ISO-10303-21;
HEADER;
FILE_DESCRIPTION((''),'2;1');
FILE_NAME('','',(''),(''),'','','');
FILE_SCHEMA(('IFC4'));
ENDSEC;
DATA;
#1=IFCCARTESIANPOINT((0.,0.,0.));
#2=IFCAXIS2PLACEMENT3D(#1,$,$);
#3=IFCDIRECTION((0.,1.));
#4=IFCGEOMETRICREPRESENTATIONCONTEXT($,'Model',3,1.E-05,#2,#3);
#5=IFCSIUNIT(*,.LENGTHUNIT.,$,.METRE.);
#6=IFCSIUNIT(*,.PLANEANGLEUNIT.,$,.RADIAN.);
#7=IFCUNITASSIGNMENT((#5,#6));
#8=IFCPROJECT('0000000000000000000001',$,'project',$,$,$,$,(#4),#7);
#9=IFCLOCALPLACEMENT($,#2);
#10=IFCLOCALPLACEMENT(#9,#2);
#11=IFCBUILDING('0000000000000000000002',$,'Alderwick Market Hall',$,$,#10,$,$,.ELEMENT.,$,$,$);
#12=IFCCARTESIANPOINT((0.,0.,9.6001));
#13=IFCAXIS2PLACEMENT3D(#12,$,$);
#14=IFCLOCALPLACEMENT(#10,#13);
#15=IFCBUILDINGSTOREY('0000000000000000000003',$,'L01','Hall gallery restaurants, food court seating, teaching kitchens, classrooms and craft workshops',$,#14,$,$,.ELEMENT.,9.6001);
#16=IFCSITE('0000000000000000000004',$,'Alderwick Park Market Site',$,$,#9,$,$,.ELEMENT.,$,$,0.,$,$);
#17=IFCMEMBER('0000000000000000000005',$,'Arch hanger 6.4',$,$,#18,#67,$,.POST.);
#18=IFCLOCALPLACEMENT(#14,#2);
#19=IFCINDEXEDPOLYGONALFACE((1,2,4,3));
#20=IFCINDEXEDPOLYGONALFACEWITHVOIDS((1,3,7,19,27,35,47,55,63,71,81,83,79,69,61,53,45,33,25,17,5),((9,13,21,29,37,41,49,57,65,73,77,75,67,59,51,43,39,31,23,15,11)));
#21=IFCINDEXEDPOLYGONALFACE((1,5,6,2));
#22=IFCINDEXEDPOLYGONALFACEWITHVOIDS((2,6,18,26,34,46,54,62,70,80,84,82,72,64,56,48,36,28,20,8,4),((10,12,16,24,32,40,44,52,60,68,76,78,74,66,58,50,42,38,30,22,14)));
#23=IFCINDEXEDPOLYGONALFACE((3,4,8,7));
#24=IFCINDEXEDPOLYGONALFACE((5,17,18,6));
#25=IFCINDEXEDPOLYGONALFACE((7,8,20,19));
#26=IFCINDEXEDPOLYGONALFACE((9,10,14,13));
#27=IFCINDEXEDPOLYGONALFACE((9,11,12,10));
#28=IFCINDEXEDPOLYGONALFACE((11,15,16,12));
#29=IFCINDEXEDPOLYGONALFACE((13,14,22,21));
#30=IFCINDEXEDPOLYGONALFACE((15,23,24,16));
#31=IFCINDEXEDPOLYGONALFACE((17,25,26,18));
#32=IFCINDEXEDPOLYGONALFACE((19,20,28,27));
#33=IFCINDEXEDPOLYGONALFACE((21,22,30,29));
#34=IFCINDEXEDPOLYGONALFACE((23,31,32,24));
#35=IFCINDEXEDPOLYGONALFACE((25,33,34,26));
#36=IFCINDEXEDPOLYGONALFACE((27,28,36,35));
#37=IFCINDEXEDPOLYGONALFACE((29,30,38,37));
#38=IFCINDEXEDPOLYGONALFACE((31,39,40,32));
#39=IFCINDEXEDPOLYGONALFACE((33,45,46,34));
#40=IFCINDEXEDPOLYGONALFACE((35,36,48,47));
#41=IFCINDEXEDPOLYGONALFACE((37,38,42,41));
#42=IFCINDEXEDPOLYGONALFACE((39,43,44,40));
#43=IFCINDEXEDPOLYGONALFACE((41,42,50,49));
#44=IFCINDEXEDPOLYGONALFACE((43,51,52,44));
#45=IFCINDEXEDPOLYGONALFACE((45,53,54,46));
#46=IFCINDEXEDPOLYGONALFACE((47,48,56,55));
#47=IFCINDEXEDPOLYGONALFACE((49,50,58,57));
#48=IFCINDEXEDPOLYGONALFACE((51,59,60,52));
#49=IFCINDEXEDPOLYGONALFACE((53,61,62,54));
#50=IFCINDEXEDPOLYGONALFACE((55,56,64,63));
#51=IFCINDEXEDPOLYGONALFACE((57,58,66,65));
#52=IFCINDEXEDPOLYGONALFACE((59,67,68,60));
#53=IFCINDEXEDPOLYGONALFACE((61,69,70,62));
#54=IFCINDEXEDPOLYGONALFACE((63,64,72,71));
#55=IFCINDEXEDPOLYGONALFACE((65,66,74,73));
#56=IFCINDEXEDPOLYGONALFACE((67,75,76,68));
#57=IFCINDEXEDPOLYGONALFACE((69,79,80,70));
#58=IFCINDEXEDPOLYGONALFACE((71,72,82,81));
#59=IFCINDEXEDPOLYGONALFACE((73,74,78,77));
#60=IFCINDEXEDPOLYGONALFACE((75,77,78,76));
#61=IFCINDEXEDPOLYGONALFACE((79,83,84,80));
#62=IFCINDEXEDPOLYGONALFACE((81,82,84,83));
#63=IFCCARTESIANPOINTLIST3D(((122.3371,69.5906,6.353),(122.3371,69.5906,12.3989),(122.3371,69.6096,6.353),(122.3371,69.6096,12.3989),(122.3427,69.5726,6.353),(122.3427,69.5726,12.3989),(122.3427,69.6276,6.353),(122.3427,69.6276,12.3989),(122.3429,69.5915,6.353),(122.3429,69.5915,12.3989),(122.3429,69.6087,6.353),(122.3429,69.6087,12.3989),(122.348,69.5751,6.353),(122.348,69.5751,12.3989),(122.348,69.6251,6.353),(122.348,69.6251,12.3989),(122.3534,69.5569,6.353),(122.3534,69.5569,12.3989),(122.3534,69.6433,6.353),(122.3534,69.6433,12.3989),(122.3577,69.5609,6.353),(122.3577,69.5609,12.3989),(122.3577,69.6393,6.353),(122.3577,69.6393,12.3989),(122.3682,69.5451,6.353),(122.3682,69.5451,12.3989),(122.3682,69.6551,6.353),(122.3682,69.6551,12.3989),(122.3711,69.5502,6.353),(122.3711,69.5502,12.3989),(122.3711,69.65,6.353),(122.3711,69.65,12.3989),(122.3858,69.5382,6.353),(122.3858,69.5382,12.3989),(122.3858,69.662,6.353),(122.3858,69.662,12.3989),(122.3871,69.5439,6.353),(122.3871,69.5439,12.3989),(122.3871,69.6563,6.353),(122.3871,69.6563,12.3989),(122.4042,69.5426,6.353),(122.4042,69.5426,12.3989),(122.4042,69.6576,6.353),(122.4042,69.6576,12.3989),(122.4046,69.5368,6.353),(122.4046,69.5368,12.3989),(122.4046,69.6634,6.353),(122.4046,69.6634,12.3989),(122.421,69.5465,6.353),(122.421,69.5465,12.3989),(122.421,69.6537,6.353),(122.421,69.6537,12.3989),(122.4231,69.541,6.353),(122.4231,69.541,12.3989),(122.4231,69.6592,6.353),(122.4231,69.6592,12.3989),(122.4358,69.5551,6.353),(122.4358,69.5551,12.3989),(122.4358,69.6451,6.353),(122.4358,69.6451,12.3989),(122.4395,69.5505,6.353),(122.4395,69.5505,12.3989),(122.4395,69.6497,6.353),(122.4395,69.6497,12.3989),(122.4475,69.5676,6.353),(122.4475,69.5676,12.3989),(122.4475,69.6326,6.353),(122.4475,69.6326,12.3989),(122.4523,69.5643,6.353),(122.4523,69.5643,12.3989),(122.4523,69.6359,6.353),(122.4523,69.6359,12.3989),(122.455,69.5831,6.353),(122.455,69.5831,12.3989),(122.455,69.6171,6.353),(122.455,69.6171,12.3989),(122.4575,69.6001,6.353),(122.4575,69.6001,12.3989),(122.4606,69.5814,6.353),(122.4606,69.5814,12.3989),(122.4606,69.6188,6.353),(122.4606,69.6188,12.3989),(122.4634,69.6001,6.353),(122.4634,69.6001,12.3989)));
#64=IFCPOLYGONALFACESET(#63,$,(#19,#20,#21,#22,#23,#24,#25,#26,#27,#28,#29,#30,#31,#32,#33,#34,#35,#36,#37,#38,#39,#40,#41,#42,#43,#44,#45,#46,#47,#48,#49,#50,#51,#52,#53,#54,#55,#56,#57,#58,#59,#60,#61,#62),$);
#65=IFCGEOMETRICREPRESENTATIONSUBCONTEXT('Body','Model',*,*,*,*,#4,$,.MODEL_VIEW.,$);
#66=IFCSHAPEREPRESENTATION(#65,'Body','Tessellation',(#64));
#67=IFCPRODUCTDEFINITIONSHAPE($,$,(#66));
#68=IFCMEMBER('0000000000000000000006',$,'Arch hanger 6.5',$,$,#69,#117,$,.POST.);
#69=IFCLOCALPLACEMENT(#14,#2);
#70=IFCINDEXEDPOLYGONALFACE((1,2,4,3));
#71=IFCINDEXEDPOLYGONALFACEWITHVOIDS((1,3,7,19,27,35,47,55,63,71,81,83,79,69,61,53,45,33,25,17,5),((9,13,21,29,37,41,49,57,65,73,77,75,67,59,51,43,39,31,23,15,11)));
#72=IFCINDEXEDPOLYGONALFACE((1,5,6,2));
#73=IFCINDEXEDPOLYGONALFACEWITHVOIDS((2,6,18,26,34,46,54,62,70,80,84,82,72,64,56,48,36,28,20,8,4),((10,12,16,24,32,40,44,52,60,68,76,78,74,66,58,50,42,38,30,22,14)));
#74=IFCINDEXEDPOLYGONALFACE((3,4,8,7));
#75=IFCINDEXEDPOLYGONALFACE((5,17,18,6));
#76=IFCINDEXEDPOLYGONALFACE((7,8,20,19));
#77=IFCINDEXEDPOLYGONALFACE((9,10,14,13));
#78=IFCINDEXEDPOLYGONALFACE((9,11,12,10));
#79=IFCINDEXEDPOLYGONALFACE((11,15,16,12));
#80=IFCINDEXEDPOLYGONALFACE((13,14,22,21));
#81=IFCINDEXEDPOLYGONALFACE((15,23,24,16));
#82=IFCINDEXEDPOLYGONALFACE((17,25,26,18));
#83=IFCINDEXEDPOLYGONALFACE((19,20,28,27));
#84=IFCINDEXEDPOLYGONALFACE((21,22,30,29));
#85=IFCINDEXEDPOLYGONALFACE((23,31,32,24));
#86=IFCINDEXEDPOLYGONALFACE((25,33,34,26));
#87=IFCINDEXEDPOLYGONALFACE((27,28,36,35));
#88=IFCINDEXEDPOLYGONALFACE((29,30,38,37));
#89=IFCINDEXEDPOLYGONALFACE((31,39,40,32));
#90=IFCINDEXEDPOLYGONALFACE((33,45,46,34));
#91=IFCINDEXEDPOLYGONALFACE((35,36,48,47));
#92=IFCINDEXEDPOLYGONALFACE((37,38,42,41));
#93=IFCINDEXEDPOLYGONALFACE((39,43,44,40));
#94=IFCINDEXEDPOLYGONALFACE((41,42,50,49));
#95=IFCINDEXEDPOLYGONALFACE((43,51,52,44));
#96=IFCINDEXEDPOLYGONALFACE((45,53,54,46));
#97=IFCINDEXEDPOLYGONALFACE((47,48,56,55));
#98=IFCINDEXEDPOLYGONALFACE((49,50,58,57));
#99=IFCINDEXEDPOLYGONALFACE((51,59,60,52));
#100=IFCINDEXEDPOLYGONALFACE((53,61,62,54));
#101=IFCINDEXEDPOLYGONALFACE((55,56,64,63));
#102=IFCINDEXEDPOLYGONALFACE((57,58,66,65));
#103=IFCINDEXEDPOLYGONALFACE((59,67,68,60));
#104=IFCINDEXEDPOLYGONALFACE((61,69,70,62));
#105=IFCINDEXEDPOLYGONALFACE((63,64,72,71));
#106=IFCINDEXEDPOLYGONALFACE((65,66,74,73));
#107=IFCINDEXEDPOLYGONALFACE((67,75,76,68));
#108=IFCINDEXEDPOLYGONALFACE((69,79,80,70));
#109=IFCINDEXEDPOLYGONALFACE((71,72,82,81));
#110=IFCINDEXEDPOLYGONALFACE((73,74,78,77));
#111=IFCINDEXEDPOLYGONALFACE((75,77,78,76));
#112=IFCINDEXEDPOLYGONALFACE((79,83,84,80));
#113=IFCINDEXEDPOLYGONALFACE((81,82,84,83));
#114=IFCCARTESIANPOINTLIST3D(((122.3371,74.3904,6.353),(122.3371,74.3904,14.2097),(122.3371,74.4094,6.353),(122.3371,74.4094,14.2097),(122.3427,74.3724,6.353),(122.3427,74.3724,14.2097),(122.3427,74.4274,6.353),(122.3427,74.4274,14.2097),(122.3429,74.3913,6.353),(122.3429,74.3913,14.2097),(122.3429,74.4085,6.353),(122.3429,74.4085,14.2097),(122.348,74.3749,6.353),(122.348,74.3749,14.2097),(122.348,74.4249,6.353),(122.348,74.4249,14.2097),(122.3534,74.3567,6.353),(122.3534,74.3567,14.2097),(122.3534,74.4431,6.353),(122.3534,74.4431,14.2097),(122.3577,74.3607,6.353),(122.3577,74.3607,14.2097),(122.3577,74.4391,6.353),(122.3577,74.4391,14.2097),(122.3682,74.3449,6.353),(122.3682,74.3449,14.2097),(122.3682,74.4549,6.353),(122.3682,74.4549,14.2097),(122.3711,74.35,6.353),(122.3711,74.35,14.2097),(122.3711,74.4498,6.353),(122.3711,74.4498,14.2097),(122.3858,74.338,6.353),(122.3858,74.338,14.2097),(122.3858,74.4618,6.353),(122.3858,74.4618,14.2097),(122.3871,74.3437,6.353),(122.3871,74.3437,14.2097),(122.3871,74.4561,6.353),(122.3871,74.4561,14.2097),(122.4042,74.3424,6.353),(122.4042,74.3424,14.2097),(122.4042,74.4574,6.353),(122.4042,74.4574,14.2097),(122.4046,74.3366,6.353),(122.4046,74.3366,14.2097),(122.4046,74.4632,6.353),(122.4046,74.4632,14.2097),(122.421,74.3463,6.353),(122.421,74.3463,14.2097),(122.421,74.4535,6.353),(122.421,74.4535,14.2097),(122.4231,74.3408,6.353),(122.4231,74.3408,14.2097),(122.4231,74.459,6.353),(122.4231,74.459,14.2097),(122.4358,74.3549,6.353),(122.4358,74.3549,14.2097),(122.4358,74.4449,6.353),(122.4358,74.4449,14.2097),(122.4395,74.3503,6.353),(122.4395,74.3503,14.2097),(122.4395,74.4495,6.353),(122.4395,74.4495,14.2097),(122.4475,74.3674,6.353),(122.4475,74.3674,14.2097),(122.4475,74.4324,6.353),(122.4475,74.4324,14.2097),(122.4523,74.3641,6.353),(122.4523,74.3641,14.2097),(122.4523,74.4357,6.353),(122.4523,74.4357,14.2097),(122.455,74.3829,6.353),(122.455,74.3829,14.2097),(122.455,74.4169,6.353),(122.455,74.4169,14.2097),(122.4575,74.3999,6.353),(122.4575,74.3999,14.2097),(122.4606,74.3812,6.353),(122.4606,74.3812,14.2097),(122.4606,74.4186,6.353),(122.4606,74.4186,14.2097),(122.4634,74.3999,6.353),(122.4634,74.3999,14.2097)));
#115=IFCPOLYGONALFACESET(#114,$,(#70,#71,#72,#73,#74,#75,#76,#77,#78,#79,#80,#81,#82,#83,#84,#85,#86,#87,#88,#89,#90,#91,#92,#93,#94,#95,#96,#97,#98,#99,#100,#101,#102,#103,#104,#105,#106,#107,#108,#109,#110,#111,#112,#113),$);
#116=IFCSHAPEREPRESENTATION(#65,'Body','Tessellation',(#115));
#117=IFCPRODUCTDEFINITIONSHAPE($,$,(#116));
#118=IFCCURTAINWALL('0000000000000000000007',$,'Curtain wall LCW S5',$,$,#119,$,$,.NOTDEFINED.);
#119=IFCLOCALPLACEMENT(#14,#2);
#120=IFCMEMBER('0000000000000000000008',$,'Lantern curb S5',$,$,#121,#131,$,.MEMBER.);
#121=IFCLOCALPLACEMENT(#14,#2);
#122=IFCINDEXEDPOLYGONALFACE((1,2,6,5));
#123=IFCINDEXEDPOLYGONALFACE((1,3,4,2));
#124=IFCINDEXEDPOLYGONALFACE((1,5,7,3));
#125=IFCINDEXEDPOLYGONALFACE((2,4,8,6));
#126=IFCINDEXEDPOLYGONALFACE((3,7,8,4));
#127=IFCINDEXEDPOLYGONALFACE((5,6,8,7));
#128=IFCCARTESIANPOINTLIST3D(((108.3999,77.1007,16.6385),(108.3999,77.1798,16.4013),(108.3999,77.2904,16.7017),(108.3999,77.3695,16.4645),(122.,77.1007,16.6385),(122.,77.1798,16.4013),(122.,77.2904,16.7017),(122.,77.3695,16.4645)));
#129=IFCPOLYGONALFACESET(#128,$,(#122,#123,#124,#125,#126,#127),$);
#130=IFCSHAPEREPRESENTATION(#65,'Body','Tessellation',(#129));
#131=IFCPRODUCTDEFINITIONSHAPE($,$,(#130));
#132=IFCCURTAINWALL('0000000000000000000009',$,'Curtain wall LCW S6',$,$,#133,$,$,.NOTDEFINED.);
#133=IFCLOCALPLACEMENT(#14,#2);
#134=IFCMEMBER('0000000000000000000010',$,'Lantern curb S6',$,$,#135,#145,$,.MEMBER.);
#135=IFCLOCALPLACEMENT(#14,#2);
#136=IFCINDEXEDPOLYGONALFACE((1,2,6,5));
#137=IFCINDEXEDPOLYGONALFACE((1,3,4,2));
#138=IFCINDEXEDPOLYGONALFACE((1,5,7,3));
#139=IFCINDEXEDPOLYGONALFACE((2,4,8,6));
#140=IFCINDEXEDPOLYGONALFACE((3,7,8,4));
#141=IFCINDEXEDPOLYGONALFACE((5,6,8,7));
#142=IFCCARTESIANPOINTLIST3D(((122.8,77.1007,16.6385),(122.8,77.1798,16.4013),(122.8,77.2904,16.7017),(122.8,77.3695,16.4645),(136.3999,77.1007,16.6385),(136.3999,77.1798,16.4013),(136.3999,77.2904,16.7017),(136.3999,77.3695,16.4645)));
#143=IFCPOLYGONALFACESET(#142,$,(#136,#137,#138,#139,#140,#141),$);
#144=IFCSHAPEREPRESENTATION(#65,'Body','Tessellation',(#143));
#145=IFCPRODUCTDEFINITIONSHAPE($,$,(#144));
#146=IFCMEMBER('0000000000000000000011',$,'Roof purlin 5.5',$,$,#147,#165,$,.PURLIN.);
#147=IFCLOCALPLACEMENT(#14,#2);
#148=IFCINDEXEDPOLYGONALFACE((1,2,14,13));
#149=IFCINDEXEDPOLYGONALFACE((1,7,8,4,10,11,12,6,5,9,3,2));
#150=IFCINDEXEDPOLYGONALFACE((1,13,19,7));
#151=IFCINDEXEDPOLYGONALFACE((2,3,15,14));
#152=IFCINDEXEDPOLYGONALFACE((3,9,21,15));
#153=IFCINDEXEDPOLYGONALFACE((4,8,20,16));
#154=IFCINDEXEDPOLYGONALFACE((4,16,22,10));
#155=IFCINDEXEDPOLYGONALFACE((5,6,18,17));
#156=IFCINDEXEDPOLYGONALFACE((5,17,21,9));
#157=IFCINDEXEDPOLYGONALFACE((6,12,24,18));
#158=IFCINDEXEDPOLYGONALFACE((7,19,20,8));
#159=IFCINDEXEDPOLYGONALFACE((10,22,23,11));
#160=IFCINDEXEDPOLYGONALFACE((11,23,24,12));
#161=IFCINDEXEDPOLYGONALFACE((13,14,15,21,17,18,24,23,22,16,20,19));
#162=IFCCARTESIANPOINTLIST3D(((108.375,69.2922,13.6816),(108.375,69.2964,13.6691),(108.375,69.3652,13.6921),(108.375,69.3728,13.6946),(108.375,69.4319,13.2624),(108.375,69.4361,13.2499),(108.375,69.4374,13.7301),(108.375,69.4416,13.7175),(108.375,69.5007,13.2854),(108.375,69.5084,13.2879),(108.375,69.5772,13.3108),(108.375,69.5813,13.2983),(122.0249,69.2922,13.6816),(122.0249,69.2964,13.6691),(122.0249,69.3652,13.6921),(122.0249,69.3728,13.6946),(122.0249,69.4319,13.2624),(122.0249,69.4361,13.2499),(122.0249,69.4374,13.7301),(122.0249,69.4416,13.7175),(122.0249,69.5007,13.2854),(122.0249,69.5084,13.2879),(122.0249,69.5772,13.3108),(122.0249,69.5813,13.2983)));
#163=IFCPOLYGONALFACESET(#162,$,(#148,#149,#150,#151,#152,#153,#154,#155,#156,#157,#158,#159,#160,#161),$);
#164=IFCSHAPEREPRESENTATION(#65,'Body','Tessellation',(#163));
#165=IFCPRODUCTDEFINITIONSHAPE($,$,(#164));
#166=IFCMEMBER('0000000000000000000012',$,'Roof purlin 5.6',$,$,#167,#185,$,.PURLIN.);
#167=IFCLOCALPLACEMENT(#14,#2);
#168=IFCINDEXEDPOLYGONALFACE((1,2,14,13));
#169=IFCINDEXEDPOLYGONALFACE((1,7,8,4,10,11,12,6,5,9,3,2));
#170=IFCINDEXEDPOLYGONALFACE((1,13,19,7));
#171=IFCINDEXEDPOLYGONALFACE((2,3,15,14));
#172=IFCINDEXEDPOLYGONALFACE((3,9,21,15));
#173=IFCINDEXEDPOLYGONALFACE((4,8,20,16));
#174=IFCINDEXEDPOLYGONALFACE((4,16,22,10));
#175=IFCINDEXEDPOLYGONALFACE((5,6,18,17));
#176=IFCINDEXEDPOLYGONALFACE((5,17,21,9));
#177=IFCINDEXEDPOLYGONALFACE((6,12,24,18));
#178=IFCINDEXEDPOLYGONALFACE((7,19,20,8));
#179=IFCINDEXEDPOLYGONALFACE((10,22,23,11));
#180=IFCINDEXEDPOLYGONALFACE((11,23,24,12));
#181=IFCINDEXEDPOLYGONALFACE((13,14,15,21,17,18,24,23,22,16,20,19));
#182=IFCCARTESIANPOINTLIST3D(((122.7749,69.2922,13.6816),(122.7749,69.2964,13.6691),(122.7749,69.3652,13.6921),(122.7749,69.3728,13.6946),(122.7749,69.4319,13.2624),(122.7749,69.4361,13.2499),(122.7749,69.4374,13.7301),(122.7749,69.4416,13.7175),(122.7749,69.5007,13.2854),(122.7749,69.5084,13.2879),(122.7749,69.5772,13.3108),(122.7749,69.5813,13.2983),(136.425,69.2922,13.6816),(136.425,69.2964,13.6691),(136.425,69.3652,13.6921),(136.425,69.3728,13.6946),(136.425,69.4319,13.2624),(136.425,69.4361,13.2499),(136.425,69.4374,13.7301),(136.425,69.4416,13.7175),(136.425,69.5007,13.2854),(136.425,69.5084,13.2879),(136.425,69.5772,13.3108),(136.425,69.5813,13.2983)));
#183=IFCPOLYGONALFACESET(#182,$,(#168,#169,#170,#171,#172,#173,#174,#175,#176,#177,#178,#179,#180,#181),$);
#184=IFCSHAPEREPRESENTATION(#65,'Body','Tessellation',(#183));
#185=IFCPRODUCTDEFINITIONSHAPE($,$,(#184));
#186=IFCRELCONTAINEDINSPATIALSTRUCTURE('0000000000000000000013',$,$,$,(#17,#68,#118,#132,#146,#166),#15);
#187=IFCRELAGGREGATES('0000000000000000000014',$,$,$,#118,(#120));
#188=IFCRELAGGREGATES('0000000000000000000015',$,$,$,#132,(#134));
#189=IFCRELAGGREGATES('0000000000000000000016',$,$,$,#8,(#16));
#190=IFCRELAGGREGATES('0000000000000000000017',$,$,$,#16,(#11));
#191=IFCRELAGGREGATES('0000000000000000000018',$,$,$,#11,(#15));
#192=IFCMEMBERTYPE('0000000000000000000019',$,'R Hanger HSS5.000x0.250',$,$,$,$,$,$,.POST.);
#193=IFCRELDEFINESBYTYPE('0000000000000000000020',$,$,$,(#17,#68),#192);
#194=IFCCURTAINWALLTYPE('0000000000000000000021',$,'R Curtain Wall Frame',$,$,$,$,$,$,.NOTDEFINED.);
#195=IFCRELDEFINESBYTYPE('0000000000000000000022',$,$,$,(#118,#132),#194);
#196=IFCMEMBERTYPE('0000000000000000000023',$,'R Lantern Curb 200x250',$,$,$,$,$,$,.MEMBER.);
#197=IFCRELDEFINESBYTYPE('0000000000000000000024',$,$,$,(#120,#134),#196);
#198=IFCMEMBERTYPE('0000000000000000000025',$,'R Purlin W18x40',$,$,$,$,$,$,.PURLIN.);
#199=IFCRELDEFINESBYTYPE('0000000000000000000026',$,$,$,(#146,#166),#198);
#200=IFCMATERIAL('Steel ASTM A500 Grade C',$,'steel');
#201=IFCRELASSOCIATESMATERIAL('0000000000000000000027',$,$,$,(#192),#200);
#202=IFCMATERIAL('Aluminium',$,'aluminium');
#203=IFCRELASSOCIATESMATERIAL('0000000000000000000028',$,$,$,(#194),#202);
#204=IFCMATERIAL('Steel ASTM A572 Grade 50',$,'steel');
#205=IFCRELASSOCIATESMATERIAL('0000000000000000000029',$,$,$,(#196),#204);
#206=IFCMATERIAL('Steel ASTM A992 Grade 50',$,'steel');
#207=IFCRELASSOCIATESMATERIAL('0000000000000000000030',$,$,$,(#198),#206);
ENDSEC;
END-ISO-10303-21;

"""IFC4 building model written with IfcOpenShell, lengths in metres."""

from ifc_helpers import new_model, si_unit, direction, frame, origin, origin_2d, place, context, subcontext, project, spatial, rectangle, hollow_circle, i_section, extrude, material, material_profile, profile_set, type_object, element, aggregate, save


model = new_model("IFC4")

# Units and contexts
model_context = context("Model", 3, precision=1e-05, world=origin(), true_north=direction((0.0, 1.0)))
body_context = subcontext(model_context, "Body", "Model", "MODEL_VIEW")
ifc_project = project(units=[si_unit("LENGTHUNIT", "METRE"), si_unit("PLANEANGLEUNIT", "RADIAN")], contexts=[model_context])

# Site, building, storey
site_placement = place(None, origin())
site = spatial("IfcSite", under=ifc_project, at=site_placement, Name="Alderwick Park Market Site", CompositionType="ELEMENT", RefElevation=0.0)
building_placement = place(site_placement, origin())
building = spatial("IfcBuilding", under=site, at=building_placement, Name="Alderwick Market Hall", CompositionType="ELEMENT")
storey_placement = place(building_placement, frame((0.0, 0.0, 9.6001)))
storey = spatial("IfcBuildingStorey", under=building, at=storey_placement, Name="L01", Description="Hall gallery restaurants, food court seating, teaching kitchens, classrooms and craft workshops", CompositionType="ELEMENT", Elevation=9.6001)

# Members
ifc_material_1 = material(Name="Steel ASTM A500 Grade C", Category="steel")
ifc_material_profile_1 = material_profile(ifc_material_1, hollow_circle(Radius=0.0635, WallThickness=0.0059, at=origin_2d()), Name="HSS5.000x0.250")
ifc_profile_set_1 = profile_set([ifc_material_profile_1], Name="Steel ASTM A500 Grade C")
member_type_1 = type_object("IfcMemberType", Name="R Hanger HSS5.000x0.250", PredefinedType="POST", material=ifc_profile_set_1)
member_1_placement = place(storey_placement, frame((122.3999, 69.6001, 6.353), z_axis=(0.0, 0.0, 1.0), x_axis=(1.0, 0.0, 0.0)))
element("IfcMember", 1, at=member_1_placement, inside=storey, type_object=member_type_1, Name="Arch hanger 6.4", PredefinedType="POST", context=body_context, shape_type="SweptSolid", body=[
    extrude(hollow_circle(Radius=0.0635, WallThickness=0.0059, at=origin_2d()), origin(), (0.0, 0.0, 1.0), 6.0459),
])
member_2_placement = place(storey_placement, frame((122.3999, 74.3999, 6.353), z_axis=(0.0, 0.0, 1.0), x_axis=(1.0, 0.0, 0.0)))
element("IfcMember", 2, at=member_2_placement, inside=storey, type_object=member_type_1, Name="Arch hanger 6.5", PredefinedType="POST", context=body_context, shape_type="SweptSolid", body=[
    extrude(hollow_circle(Radius=0.0635, WallThickness=0.0059, at=origin_2d()), origin(), (0.0, 0.0, 1.0), 7.8567),
])

# Curtain walls, members
ifc_material_2 = material(Name="Aluminium", Category="aluminium")
curtain_wall_type = type_object("IfcCurtainWallType", Name="R Curtain Wall Frame", PredefinedType="NOTDEFINED", material=ifc_material_2)
curtain_wall_1_placement = place(storey_placement, origin())
curtain_wall_1 = element("IfcCurtainWall", 3, at=curtain_wall_1_placement, inside=storey, type_object=curtain_wall_type, Name="Curtain wall LCW S5", PredefinedType="NOTDEFINED")
ifc_material_3 = material(Name="Steel ASTM A572 Grade 50", Category="steel")
ifc_material_profile_2 = material_profile(ifc_material_3, rectangle(XDim=0.2, YDim=0.25, at=origin_2d()), Name="Steel plate curb 200x250")
ifc_profile_set_2 = profile_set([ifc_material_profile_2], Name="Steel ASTM A572 Grade 50")
member_type_2 = type_object("IfcMemberType", Name="R Lantern Curb 200x250", PredefinedType="MEMBER", material=ifc_profile_set_2)
member_3_placement = place(storey_placement, frame((108.3999, 77.2351, 16.5515), z_axis=(1.0, 0.0, 0.0), x_axis=(0.0, 0.948683, 0.316228)))
member_3 = element("IfcMember", 4, at=member_3_placement, type_object=member_type_2, Name="Lantern curb S5", PredefinedType="MEMBER", context=body_context, shape_type="SweptSolid", body=[
    extrude(rectangle(XDim=0.2, YDim=0.25, at=origin_2d()), origin(), (0.0, 0.0, 1.0), 13.6001),
])
aggregate(curtain_wall_1, [member_3])
curtain_wall_2_placement = place(storey_placement, origin())
curtain_wall_2 = element("IfcCurtainWall", 5, at=curtain_wall_2_placement, inside=storey, type_object=curtain_wall_type, Name="Curtain wall LCW S6", PredefinedType="NOTDEFINED")
member_4_placement = place(storey_placement, frame((122.8, 77.2351, 16.5515), z_axis=(1.0, 0.0, 0.0), x_axis=(0.0, 0.948683, 0.316228)))
member_4 = element("IfcMember", 6, at=member_4_placement, type_object=member_type_2, Name="Lantern curb S6", PredefinedType="MEMBER", context=body_context, shape_type="SweptSolid", body=[
    extrude(rectangle(XDim=0.2, YDim=0.25, at=origin_2d()), origin(), (0.0, 0.0, 1.0), 13.5999),
])
aggregate(curtain_wall_2, [member_4])

# Members
ifc_material_4 = material(Name="Steel ASTM A992 Grade 50", Category="steel")
ifc_material_profile_3 = material_profile(ifc_material_4, i_section(OverallWidth=0.1531, OverallDepth=0.4551, WebThickness=0.0081, FlangeThickness=0.0132, at=origin_2d()), Name="W18x40")
ifc_profile_set_3 = profile_set([ifc_material_profile_3], Name="Steel ASTM A992 Grade 50")
member_type_3 = type_object("IfcMemberType", Name="R Purlin W18x40", PredefinedType="PURLIN", material=ifc_profile_set_3)
member_5_placement = place(storey_placement, frame((108.375, 69.4368, 13.49), z_axis=(1.0, 0.0, 0.0), x_axis=(0.0, 0.948683, 0.316228)))
element("IfcMember", 7, at=member_5_placement, inside=storey, type_object=member_type_3, Name="Roof purlin 5.5", PredefinedType="PURLIN", context=body_context, shape_type="SweptSolid", body=[
    extrude(i_section(OverallWidth=0.1531, OverallDepth=0.4551, WebThickness=0.0081, FlangeThickness=0.0132, at=origin_2d()), origin(), (0.0, 0.0, 1.0), 13.6499),
])
member_6_placement = place(storey_placement, frame((122.7749, 69.4368, 13.49), z_axis=(1.0, 0.0, 0.0), x_axis=(0.0, 0.948683, 0.316228)))
element("IfcMember", 8, at=member_6_placement, inside=storey, type_object=member_type_3, Name="Roof purlin 5.6", PredefinedType="PURLIN", context=body_context, shape_type="SweptSolid", body=[
    extrude(i_section(OverallWidth=0.1531, OverallDepth=0.4551, WebThickness=0.0081, FlangeThickness=0.0132, at=origin_2d()), origin(), (0.0, 0.0, 1.0), 13.6501),
])

save(model, "model.ifc")
